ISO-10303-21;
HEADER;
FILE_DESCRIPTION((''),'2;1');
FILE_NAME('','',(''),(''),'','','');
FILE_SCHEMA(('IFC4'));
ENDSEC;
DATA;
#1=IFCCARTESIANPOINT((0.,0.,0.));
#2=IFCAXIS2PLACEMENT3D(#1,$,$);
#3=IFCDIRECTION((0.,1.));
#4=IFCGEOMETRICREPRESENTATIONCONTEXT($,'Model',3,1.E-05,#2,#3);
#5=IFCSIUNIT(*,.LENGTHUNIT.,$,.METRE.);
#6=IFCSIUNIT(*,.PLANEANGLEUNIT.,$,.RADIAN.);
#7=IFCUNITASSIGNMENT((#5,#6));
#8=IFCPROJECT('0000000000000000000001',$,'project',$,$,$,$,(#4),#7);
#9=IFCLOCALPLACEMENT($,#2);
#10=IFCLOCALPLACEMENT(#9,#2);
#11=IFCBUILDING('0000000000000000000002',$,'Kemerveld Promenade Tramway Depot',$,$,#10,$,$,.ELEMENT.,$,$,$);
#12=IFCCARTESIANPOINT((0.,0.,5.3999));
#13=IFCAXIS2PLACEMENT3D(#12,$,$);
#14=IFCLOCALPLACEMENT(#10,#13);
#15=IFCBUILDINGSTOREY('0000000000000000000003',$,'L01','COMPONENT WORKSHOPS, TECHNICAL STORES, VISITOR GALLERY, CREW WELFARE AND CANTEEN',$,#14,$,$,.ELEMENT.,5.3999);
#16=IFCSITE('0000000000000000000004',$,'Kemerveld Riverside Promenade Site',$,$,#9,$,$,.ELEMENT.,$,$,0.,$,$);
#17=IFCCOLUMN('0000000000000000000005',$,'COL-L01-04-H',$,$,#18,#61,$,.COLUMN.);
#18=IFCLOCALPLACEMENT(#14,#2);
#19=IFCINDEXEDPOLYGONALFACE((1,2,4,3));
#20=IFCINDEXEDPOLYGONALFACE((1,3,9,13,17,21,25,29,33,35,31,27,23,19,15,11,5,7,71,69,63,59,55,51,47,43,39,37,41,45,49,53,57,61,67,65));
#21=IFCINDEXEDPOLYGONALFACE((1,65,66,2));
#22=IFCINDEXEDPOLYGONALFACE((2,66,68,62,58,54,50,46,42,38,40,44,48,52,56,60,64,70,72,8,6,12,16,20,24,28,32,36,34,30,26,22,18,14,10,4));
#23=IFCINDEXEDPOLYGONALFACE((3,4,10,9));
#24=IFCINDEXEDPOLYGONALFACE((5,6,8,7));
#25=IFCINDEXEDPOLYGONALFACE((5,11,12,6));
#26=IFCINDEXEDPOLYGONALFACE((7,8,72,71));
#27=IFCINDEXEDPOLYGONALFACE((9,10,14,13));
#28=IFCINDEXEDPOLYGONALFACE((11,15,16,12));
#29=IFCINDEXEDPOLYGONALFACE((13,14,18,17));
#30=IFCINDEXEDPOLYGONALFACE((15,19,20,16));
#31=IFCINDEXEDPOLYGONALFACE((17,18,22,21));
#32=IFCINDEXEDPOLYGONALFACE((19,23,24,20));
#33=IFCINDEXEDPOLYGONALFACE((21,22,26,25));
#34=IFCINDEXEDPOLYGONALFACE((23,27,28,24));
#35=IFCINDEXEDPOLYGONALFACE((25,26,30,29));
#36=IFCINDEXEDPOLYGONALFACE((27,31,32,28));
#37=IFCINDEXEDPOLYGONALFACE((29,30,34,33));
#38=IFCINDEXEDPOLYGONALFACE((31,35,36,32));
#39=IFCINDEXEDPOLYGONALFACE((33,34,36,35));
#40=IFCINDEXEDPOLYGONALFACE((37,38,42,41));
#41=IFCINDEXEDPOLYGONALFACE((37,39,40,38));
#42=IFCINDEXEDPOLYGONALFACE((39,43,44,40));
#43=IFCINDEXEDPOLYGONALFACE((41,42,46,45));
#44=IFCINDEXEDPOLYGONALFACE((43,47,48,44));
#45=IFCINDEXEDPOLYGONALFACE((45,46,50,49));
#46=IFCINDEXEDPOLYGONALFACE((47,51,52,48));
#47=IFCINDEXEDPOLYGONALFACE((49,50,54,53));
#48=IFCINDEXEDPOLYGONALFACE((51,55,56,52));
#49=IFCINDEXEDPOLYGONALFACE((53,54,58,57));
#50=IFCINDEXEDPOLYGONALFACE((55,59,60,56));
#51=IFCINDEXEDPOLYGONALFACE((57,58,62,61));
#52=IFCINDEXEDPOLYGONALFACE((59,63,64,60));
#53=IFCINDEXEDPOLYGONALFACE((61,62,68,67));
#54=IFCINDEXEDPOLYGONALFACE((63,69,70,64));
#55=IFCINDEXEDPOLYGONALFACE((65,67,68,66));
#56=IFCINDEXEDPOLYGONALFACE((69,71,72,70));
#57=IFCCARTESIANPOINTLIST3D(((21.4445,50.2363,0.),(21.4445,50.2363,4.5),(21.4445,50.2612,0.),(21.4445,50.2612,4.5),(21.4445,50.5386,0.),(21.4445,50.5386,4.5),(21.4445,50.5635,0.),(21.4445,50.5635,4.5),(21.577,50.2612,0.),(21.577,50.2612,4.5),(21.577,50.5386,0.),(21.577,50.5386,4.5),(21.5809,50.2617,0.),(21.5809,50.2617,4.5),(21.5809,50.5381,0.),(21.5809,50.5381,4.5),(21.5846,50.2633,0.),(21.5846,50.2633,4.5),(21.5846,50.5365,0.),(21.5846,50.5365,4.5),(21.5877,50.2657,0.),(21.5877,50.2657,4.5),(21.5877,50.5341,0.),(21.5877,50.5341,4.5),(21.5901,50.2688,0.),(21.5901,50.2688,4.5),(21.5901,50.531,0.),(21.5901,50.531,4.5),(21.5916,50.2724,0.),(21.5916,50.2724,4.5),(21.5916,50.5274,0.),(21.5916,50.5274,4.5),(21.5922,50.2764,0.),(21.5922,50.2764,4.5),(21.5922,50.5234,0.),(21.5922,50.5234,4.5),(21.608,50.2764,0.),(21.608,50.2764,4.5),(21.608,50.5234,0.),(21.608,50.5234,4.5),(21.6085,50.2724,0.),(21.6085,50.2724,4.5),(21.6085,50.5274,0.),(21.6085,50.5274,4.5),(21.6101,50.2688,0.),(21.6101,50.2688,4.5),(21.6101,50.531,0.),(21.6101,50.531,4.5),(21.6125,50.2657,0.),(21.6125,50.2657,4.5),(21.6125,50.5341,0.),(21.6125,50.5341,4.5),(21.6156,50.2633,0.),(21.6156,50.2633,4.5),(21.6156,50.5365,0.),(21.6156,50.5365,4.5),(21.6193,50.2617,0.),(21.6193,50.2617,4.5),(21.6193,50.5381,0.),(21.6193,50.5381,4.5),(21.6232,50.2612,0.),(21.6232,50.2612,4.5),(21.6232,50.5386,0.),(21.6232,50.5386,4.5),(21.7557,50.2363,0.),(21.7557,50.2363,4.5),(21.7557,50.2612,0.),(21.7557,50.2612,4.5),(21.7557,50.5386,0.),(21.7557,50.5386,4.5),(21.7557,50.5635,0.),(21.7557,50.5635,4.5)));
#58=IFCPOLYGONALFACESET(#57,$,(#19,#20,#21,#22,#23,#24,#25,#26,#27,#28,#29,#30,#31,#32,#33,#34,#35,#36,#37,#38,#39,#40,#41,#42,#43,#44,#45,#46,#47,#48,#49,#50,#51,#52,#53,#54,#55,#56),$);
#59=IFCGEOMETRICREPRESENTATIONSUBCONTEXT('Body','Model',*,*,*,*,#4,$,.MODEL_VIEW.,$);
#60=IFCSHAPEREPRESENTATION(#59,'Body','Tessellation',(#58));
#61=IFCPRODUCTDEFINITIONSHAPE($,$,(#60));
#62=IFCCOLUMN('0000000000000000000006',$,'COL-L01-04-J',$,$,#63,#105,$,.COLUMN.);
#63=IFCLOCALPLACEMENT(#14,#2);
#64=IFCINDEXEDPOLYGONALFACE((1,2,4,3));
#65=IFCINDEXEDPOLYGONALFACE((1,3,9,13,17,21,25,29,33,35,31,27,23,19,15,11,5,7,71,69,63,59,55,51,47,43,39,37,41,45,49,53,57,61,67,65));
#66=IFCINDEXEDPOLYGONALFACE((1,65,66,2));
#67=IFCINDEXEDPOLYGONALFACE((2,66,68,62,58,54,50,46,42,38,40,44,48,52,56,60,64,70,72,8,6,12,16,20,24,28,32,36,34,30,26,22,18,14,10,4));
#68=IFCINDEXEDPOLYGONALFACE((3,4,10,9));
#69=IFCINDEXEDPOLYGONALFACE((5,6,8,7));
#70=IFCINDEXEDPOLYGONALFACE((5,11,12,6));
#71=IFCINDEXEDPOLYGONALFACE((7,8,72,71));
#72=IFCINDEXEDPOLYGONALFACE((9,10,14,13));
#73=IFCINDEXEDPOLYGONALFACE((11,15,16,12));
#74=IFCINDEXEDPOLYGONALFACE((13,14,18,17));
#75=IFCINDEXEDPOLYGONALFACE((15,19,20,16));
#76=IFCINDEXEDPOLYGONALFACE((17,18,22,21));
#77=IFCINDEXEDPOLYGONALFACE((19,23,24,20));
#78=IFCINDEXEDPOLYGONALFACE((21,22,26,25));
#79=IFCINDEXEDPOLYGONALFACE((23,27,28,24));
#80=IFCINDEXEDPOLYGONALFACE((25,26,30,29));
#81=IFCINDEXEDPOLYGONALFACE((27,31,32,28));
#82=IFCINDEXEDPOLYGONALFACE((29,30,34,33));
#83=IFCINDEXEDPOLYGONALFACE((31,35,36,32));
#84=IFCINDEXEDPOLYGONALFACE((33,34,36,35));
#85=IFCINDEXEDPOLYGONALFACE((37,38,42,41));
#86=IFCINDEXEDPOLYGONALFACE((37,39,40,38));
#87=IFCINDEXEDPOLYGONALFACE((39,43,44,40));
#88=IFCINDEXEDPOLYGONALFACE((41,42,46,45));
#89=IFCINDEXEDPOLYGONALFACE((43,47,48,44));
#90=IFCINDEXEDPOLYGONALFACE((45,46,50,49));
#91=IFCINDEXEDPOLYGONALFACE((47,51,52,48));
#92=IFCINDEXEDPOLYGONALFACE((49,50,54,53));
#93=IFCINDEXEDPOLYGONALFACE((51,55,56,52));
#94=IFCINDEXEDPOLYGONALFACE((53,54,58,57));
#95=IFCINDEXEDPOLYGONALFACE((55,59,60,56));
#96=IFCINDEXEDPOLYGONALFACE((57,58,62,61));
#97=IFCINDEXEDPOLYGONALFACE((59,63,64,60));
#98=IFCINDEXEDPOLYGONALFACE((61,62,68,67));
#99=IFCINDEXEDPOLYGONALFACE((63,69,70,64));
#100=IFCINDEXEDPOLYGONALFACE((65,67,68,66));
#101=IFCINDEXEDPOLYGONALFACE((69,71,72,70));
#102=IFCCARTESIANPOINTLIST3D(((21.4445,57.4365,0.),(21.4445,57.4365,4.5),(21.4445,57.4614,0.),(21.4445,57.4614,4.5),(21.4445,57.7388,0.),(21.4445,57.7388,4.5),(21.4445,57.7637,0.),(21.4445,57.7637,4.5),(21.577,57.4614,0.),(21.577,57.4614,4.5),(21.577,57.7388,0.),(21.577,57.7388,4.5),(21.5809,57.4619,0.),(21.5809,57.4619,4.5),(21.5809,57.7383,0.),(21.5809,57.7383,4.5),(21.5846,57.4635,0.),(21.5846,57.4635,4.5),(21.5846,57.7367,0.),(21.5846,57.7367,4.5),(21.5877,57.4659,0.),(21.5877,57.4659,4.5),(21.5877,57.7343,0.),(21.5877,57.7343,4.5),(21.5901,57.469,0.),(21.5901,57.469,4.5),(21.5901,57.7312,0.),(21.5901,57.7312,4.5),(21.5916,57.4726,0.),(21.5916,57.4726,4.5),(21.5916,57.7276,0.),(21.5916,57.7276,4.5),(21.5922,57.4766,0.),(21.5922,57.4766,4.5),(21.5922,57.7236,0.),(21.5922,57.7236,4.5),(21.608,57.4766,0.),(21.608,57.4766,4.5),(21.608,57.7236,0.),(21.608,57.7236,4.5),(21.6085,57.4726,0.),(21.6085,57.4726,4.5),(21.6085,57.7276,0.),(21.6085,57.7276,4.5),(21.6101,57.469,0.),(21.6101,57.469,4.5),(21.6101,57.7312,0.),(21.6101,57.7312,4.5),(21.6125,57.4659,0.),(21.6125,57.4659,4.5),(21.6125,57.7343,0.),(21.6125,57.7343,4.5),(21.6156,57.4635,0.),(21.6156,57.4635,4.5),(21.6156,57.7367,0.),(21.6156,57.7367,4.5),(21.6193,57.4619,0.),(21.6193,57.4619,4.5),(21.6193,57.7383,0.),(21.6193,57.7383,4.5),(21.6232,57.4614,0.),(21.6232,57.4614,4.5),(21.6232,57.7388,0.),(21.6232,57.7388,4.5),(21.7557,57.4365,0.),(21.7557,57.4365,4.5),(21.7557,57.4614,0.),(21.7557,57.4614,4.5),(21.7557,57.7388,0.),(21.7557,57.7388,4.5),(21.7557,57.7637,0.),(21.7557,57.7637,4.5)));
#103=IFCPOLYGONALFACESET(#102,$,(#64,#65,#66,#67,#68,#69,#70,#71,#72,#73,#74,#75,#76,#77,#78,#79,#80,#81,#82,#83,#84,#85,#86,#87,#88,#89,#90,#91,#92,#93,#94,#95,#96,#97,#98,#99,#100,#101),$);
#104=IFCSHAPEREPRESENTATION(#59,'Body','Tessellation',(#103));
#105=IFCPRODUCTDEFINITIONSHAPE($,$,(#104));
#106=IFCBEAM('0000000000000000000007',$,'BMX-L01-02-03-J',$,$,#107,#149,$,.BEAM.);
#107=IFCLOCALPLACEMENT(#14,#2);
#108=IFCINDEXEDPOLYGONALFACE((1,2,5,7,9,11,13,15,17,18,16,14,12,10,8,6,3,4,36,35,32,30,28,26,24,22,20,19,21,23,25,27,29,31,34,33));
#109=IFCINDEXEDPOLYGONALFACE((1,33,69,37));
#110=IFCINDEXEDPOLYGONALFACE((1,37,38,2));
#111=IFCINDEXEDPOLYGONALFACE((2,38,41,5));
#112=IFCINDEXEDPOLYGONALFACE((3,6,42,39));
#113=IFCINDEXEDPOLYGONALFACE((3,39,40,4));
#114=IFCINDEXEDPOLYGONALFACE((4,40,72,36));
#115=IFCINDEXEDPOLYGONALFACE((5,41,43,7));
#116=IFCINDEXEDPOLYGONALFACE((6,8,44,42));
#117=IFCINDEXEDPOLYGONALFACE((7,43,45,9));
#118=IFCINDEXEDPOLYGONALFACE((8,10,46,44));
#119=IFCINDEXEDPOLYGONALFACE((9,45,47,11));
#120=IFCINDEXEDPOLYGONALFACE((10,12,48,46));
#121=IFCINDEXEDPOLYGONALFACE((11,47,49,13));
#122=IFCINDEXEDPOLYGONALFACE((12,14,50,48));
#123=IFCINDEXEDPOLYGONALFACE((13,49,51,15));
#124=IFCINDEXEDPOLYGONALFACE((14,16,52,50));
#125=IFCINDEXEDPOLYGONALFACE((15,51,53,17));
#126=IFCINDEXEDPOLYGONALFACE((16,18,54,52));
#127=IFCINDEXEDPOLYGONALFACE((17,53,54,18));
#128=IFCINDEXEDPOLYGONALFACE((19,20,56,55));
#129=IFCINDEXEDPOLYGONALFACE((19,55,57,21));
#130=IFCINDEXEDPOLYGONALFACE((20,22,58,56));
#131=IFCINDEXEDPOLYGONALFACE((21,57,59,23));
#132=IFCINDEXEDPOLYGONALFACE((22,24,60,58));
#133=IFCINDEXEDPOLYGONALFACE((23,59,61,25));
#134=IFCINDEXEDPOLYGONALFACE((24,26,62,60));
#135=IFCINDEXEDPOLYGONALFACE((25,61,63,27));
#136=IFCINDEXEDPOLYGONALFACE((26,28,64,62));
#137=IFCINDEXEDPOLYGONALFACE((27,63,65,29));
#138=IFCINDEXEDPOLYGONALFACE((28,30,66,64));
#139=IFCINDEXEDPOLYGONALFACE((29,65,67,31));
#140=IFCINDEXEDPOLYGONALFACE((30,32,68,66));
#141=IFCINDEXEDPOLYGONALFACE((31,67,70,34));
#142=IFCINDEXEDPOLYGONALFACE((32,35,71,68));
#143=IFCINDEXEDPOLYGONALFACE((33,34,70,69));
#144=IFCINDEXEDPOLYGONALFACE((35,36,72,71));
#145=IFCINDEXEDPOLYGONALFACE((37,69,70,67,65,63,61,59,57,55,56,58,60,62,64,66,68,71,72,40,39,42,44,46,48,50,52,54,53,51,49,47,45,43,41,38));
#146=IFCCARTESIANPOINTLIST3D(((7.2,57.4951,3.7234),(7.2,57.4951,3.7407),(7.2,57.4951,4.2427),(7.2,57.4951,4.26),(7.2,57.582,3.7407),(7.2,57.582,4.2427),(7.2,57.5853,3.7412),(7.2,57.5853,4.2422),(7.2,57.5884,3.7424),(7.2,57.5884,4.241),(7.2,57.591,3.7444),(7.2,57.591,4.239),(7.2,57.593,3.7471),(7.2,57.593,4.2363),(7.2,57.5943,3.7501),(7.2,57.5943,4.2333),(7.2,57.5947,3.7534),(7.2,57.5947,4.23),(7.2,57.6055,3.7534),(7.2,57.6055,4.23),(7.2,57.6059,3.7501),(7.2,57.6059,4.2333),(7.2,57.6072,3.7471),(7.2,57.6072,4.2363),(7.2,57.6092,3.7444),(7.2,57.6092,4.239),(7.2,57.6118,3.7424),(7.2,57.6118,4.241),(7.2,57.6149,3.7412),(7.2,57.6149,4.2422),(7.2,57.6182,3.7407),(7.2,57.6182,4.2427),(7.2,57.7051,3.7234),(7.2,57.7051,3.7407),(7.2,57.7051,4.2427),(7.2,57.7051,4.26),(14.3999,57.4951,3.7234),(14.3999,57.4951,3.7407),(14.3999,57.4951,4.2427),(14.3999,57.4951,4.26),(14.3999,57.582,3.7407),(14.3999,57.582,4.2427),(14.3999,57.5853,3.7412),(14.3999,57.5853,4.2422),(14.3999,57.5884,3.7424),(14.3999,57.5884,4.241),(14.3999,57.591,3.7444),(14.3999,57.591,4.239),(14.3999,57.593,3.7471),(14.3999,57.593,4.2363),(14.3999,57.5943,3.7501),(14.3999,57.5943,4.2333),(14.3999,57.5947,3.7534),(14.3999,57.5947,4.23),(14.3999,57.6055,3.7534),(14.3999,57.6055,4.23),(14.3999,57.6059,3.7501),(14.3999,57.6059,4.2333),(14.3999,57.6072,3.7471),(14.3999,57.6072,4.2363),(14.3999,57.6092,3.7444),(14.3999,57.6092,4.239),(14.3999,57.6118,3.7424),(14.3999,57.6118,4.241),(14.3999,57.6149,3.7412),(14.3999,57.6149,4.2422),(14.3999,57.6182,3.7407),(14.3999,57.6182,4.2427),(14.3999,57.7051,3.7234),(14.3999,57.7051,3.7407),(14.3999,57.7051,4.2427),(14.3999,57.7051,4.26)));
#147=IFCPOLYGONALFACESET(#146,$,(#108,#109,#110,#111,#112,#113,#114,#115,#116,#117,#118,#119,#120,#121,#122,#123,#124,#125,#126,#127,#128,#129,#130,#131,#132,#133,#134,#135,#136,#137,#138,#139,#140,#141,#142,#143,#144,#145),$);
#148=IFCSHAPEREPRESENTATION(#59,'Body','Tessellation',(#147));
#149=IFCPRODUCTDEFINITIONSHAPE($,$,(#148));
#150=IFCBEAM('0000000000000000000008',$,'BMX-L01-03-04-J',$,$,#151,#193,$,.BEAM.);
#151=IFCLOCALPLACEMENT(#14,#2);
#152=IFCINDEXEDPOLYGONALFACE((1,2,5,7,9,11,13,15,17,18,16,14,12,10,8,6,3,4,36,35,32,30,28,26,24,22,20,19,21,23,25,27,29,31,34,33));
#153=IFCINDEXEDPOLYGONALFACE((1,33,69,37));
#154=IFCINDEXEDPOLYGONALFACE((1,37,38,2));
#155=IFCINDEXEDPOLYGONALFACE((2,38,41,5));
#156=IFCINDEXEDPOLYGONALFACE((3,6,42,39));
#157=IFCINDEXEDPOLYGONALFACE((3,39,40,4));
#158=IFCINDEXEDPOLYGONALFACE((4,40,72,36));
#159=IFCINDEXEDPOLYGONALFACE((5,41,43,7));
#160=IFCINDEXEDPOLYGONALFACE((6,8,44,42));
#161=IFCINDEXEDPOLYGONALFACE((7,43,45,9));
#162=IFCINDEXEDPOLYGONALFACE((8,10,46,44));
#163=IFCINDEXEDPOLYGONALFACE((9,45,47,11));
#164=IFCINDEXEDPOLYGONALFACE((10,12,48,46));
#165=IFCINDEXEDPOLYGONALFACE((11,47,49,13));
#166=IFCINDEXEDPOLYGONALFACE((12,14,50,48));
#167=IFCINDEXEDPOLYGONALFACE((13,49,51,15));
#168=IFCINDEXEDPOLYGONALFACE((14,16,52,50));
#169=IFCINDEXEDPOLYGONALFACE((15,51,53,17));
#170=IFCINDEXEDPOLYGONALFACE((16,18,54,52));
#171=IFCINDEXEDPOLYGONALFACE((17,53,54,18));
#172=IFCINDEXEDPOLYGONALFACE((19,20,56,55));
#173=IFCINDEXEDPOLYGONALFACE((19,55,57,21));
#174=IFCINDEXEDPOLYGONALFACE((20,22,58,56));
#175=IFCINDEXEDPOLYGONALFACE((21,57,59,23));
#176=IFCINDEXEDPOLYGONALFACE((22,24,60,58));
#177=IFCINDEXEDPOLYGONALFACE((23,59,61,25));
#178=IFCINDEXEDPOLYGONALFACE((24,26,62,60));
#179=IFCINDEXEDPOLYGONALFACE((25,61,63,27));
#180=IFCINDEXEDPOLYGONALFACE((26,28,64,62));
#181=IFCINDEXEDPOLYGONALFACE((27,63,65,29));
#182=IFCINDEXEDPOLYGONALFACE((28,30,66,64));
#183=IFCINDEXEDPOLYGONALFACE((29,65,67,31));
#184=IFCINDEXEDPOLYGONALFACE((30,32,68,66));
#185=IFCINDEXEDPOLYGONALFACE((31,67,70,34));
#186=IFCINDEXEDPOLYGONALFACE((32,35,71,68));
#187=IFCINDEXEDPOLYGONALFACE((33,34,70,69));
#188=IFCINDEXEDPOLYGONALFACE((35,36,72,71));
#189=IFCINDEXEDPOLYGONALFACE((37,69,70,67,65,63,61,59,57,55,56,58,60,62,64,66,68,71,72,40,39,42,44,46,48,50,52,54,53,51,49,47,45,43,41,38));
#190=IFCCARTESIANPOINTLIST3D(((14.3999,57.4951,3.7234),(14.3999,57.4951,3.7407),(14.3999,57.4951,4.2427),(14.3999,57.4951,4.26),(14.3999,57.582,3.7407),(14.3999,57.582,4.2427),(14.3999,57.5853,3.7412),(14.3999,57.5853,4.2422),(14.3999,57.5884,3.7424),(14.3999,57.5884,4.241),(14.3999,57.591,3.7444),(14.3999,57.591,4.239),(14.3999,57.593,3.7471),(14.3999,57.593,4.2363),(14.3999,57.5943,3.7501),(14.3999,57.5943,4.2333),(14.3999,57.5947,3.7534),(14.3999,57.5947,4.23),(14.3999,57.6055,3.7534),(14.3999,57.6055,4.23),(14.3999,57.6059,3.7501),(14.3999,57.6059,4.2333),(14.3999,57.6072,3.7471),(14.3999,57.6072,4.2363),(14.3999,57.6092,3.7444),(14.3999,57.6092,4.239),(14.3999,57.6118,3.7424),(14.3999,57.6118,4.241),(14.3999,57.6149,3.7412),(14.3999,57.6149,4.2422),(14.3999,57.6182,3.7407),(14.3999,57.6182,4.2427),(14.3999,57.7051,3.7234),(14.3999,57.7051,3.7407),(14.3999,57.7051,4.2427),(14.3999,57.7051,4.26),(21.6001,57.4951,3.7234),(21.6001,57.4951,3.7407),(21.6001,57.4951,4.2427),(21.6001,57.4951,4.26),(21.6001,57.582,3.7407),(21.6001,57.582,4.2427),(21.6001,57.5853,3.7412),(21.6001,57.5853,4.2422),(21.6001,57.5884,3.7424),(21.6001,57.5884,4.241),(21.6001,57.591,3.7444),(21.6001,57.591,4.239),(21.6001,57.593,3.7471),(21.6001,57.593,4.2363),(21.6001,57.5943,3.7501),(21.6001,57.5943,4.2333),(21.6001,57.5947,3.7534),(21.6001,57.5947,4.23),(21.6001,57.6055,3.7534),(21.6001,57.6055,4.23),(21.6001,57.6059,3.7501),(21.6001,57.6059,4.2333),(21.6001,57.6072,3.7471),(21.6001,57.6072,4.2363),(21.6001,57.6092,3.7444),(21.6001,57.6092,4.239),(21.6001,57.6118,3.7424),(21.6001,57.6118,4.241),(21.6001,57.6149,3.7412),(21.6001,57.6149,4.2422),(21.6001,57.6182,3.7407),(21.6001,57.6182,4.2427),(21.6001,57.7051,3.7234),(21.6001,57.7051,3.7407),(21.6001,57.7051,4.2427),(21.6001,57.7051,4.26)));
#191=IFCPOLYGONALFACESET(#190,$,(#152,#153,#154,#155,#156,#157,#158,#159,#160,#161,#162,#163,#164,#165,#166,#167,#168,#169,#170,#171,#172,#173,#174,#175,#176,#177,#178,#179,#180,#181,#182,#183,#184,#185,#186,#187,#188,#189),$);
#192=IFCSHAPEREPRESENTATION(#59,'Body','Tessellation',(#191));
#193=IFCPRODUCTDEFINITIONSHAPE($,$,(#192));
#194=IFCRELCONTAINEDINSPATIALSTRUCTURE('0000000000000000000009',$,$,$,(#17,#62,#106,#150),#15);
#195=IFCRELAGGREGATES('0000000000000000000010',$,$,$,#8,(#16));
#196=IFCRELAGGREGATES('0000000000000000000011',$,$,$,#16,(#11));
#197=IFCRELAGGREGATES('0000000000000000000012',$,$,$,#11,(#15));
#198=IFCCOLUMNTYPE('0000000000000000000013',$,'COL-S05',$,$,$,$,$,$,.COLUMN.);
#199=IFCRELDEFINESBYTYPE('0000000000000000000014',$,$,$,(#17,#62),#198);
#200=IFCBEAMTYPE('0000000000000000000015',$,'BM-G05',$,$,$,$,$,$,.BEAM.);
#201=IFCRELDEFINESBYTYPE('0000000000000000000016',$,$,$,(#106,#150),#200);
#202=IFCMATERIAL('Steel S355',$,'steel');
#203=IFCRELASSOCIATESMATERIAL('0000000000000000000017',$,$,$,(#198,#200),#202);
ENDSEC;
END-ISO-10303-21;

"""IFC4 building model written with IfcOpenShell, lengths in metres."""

from ifc_helpers import new_model, si_unit, direction, frame, origin, origin_2d, place, context, subcontext, project, spatial, i_section, extrude, material, material_profile, profile_set, type_object, element, save


model = new_model("IFC4")

# Units and contexts
model_context = context("Model", 3, precision=1e-05, world=origin(), true_north=direction((0.0, 1.0)))
body_context = subcontext(model_context, "Body", "Model", "MODEL_VIEW")
ifc_project = project(units=[si_unit("LENGTHUNIT", "METRE"), si_unit("PLANEANGLEUNIT", "RADIAN")], contexts=[model_context])

# Site, building, storey
site_placement = place(None, origin())
site = spatial("IfcSite", under=ifc_project, at=site_placement, Name="Kemerveld Riverside Promenade Site", CompositionType="ELEMENT", RefElevation=0.0)
building_placement = place(site_placement, origin())
building = spatial("IfcBuilding", under=site, at=building_placement, Name="Kemerveld Promenade Tramway Depot", CompositionType="ELEMENT")
storey_placement = place(building_placement, frame((0.0, 0.0, 5.3999)))
storey = spatial("IfcBuildingStorey", under=building, at=storey_placement, Name="L01", Description="COMPONENT WORKSHOPS, TECHNICAL STORES, VISITOR GALLERY, CREW WELFARE AND CANTEEN", CompositionType="ELEMENT", Elevation=5.3999)

# Columns
ifc_material_1 = material(Name="Steel S355", Category="steel")
ifc_material_profile_1 = material_profile(ifc_material_1, i_section(OverallWidth=0.3113, OverallDepth=0.3271, WebThickness=0.0159, FlangeThickness=0.0249, FilletRadius=0.0151, at=origin_2d()), Name="305x305x158 UC")
ifc_profile_set_1 = profile_set([ifc_material_profile_1], Name="Steel S355")
column_type = type_object("IfcColumnType", Name="COL-S05", PredefinedType="COLUMN", material=ifc_profile_set_1)
for number, where, z_axis, x_axis, name in (
    (1, (21.6001, 50.3999, 0.0), (0.0, 0.0, 1.0), (1.0, 0.0, 0.0), "COL-L01-04-H"),
    (2, (21.6001, 57.6001, 0.0), (0.0, 0.0, 1.0), (1.0, 0.0, 0.0), "COL-L01-04-J"),
):
    element("IfcColumn", number, at=place(storey_placement, frame(where, z_axis=z_axis, x_axis=x_axis)), inside=storey, type_object=column_type, Name=name, PredefinedType="COLUMN", context=body_context, shape_type="SweptSolid", body=[
        extrude(i_section(OverallWidth=0.3113, OverallDepth=0.3271, WebThickness=0.0159, FlangeThickness=0.0249, FilletRadius=0.0151, at=origin_2d()), origin(), (0.0, 0.0, 1.0), 4.5),
    ])

# Beams
ifc_material_profile_2 = material_profile(ifc_material_1, i_section(OverallWidth=0.21, OverallDepth=0.5366, WebThickness=0.0107, FlangeThickness=0.0173, FilletRadius=0.0127, at=origin_2d()), Name="533x210x101 UB")
ifc_profile_set_2 = profile_set([ifc_material_profile_2], Name="Steel S355")
beam_type_1 = type_object("IfcBeamType", Name="BM-G05", PredefinedType="BEAM", material=ifc_profile_set_2)
beam_1_placement = place(storey_placement, frame((7.2, 57.6001, 3.9917), z_axis=(1.0, 0.0, 0.0), x_axis=(0.0, 1.0, 0.0)))
element("IfcBeam", 3, at=beam_1_placement, inside=storey, type_object=beam_type_1, Name="BMX-L01-02-03-J", PredefinedType="BEAM", context=body_context, shape_type="SweptSolid", body=[
    extrude(i_section(OverallWidth=0.21, OverallDepth=0.5366, WebThickness=0.0107, FlangeThickness=0.0173, FilletRadius=0.0127, at=origin_2d()), origin(), (0.0, 0.0, 1.0), 7.2),
])
beam_2_placement = place(storey_placement, frame((14.3999, 57.6001, 3.9917), z_axis=(1.0, 0.0, 0.0), x_axis=(0.0, 1.0, 0.0)))
element("IfcBeam", 4, at=beam_2_placement, inside=storey, type_object=beam_type_1, Name="BMX-L01-03-04-J", PredefinedType="BEAM", context=body_context, shape_type="SweptSolid", body=[
    extrude(i_section(OverallWidth=0.21, OverallDepth=0.5366, WebThickness=0.0107, FlangeThickness=0.0173, FilletRadius=0.0127, at=origin_2d()), origin(), (0.0, 0.0, 1.0), 7.2002),
])

save(model, "model.ifc")
